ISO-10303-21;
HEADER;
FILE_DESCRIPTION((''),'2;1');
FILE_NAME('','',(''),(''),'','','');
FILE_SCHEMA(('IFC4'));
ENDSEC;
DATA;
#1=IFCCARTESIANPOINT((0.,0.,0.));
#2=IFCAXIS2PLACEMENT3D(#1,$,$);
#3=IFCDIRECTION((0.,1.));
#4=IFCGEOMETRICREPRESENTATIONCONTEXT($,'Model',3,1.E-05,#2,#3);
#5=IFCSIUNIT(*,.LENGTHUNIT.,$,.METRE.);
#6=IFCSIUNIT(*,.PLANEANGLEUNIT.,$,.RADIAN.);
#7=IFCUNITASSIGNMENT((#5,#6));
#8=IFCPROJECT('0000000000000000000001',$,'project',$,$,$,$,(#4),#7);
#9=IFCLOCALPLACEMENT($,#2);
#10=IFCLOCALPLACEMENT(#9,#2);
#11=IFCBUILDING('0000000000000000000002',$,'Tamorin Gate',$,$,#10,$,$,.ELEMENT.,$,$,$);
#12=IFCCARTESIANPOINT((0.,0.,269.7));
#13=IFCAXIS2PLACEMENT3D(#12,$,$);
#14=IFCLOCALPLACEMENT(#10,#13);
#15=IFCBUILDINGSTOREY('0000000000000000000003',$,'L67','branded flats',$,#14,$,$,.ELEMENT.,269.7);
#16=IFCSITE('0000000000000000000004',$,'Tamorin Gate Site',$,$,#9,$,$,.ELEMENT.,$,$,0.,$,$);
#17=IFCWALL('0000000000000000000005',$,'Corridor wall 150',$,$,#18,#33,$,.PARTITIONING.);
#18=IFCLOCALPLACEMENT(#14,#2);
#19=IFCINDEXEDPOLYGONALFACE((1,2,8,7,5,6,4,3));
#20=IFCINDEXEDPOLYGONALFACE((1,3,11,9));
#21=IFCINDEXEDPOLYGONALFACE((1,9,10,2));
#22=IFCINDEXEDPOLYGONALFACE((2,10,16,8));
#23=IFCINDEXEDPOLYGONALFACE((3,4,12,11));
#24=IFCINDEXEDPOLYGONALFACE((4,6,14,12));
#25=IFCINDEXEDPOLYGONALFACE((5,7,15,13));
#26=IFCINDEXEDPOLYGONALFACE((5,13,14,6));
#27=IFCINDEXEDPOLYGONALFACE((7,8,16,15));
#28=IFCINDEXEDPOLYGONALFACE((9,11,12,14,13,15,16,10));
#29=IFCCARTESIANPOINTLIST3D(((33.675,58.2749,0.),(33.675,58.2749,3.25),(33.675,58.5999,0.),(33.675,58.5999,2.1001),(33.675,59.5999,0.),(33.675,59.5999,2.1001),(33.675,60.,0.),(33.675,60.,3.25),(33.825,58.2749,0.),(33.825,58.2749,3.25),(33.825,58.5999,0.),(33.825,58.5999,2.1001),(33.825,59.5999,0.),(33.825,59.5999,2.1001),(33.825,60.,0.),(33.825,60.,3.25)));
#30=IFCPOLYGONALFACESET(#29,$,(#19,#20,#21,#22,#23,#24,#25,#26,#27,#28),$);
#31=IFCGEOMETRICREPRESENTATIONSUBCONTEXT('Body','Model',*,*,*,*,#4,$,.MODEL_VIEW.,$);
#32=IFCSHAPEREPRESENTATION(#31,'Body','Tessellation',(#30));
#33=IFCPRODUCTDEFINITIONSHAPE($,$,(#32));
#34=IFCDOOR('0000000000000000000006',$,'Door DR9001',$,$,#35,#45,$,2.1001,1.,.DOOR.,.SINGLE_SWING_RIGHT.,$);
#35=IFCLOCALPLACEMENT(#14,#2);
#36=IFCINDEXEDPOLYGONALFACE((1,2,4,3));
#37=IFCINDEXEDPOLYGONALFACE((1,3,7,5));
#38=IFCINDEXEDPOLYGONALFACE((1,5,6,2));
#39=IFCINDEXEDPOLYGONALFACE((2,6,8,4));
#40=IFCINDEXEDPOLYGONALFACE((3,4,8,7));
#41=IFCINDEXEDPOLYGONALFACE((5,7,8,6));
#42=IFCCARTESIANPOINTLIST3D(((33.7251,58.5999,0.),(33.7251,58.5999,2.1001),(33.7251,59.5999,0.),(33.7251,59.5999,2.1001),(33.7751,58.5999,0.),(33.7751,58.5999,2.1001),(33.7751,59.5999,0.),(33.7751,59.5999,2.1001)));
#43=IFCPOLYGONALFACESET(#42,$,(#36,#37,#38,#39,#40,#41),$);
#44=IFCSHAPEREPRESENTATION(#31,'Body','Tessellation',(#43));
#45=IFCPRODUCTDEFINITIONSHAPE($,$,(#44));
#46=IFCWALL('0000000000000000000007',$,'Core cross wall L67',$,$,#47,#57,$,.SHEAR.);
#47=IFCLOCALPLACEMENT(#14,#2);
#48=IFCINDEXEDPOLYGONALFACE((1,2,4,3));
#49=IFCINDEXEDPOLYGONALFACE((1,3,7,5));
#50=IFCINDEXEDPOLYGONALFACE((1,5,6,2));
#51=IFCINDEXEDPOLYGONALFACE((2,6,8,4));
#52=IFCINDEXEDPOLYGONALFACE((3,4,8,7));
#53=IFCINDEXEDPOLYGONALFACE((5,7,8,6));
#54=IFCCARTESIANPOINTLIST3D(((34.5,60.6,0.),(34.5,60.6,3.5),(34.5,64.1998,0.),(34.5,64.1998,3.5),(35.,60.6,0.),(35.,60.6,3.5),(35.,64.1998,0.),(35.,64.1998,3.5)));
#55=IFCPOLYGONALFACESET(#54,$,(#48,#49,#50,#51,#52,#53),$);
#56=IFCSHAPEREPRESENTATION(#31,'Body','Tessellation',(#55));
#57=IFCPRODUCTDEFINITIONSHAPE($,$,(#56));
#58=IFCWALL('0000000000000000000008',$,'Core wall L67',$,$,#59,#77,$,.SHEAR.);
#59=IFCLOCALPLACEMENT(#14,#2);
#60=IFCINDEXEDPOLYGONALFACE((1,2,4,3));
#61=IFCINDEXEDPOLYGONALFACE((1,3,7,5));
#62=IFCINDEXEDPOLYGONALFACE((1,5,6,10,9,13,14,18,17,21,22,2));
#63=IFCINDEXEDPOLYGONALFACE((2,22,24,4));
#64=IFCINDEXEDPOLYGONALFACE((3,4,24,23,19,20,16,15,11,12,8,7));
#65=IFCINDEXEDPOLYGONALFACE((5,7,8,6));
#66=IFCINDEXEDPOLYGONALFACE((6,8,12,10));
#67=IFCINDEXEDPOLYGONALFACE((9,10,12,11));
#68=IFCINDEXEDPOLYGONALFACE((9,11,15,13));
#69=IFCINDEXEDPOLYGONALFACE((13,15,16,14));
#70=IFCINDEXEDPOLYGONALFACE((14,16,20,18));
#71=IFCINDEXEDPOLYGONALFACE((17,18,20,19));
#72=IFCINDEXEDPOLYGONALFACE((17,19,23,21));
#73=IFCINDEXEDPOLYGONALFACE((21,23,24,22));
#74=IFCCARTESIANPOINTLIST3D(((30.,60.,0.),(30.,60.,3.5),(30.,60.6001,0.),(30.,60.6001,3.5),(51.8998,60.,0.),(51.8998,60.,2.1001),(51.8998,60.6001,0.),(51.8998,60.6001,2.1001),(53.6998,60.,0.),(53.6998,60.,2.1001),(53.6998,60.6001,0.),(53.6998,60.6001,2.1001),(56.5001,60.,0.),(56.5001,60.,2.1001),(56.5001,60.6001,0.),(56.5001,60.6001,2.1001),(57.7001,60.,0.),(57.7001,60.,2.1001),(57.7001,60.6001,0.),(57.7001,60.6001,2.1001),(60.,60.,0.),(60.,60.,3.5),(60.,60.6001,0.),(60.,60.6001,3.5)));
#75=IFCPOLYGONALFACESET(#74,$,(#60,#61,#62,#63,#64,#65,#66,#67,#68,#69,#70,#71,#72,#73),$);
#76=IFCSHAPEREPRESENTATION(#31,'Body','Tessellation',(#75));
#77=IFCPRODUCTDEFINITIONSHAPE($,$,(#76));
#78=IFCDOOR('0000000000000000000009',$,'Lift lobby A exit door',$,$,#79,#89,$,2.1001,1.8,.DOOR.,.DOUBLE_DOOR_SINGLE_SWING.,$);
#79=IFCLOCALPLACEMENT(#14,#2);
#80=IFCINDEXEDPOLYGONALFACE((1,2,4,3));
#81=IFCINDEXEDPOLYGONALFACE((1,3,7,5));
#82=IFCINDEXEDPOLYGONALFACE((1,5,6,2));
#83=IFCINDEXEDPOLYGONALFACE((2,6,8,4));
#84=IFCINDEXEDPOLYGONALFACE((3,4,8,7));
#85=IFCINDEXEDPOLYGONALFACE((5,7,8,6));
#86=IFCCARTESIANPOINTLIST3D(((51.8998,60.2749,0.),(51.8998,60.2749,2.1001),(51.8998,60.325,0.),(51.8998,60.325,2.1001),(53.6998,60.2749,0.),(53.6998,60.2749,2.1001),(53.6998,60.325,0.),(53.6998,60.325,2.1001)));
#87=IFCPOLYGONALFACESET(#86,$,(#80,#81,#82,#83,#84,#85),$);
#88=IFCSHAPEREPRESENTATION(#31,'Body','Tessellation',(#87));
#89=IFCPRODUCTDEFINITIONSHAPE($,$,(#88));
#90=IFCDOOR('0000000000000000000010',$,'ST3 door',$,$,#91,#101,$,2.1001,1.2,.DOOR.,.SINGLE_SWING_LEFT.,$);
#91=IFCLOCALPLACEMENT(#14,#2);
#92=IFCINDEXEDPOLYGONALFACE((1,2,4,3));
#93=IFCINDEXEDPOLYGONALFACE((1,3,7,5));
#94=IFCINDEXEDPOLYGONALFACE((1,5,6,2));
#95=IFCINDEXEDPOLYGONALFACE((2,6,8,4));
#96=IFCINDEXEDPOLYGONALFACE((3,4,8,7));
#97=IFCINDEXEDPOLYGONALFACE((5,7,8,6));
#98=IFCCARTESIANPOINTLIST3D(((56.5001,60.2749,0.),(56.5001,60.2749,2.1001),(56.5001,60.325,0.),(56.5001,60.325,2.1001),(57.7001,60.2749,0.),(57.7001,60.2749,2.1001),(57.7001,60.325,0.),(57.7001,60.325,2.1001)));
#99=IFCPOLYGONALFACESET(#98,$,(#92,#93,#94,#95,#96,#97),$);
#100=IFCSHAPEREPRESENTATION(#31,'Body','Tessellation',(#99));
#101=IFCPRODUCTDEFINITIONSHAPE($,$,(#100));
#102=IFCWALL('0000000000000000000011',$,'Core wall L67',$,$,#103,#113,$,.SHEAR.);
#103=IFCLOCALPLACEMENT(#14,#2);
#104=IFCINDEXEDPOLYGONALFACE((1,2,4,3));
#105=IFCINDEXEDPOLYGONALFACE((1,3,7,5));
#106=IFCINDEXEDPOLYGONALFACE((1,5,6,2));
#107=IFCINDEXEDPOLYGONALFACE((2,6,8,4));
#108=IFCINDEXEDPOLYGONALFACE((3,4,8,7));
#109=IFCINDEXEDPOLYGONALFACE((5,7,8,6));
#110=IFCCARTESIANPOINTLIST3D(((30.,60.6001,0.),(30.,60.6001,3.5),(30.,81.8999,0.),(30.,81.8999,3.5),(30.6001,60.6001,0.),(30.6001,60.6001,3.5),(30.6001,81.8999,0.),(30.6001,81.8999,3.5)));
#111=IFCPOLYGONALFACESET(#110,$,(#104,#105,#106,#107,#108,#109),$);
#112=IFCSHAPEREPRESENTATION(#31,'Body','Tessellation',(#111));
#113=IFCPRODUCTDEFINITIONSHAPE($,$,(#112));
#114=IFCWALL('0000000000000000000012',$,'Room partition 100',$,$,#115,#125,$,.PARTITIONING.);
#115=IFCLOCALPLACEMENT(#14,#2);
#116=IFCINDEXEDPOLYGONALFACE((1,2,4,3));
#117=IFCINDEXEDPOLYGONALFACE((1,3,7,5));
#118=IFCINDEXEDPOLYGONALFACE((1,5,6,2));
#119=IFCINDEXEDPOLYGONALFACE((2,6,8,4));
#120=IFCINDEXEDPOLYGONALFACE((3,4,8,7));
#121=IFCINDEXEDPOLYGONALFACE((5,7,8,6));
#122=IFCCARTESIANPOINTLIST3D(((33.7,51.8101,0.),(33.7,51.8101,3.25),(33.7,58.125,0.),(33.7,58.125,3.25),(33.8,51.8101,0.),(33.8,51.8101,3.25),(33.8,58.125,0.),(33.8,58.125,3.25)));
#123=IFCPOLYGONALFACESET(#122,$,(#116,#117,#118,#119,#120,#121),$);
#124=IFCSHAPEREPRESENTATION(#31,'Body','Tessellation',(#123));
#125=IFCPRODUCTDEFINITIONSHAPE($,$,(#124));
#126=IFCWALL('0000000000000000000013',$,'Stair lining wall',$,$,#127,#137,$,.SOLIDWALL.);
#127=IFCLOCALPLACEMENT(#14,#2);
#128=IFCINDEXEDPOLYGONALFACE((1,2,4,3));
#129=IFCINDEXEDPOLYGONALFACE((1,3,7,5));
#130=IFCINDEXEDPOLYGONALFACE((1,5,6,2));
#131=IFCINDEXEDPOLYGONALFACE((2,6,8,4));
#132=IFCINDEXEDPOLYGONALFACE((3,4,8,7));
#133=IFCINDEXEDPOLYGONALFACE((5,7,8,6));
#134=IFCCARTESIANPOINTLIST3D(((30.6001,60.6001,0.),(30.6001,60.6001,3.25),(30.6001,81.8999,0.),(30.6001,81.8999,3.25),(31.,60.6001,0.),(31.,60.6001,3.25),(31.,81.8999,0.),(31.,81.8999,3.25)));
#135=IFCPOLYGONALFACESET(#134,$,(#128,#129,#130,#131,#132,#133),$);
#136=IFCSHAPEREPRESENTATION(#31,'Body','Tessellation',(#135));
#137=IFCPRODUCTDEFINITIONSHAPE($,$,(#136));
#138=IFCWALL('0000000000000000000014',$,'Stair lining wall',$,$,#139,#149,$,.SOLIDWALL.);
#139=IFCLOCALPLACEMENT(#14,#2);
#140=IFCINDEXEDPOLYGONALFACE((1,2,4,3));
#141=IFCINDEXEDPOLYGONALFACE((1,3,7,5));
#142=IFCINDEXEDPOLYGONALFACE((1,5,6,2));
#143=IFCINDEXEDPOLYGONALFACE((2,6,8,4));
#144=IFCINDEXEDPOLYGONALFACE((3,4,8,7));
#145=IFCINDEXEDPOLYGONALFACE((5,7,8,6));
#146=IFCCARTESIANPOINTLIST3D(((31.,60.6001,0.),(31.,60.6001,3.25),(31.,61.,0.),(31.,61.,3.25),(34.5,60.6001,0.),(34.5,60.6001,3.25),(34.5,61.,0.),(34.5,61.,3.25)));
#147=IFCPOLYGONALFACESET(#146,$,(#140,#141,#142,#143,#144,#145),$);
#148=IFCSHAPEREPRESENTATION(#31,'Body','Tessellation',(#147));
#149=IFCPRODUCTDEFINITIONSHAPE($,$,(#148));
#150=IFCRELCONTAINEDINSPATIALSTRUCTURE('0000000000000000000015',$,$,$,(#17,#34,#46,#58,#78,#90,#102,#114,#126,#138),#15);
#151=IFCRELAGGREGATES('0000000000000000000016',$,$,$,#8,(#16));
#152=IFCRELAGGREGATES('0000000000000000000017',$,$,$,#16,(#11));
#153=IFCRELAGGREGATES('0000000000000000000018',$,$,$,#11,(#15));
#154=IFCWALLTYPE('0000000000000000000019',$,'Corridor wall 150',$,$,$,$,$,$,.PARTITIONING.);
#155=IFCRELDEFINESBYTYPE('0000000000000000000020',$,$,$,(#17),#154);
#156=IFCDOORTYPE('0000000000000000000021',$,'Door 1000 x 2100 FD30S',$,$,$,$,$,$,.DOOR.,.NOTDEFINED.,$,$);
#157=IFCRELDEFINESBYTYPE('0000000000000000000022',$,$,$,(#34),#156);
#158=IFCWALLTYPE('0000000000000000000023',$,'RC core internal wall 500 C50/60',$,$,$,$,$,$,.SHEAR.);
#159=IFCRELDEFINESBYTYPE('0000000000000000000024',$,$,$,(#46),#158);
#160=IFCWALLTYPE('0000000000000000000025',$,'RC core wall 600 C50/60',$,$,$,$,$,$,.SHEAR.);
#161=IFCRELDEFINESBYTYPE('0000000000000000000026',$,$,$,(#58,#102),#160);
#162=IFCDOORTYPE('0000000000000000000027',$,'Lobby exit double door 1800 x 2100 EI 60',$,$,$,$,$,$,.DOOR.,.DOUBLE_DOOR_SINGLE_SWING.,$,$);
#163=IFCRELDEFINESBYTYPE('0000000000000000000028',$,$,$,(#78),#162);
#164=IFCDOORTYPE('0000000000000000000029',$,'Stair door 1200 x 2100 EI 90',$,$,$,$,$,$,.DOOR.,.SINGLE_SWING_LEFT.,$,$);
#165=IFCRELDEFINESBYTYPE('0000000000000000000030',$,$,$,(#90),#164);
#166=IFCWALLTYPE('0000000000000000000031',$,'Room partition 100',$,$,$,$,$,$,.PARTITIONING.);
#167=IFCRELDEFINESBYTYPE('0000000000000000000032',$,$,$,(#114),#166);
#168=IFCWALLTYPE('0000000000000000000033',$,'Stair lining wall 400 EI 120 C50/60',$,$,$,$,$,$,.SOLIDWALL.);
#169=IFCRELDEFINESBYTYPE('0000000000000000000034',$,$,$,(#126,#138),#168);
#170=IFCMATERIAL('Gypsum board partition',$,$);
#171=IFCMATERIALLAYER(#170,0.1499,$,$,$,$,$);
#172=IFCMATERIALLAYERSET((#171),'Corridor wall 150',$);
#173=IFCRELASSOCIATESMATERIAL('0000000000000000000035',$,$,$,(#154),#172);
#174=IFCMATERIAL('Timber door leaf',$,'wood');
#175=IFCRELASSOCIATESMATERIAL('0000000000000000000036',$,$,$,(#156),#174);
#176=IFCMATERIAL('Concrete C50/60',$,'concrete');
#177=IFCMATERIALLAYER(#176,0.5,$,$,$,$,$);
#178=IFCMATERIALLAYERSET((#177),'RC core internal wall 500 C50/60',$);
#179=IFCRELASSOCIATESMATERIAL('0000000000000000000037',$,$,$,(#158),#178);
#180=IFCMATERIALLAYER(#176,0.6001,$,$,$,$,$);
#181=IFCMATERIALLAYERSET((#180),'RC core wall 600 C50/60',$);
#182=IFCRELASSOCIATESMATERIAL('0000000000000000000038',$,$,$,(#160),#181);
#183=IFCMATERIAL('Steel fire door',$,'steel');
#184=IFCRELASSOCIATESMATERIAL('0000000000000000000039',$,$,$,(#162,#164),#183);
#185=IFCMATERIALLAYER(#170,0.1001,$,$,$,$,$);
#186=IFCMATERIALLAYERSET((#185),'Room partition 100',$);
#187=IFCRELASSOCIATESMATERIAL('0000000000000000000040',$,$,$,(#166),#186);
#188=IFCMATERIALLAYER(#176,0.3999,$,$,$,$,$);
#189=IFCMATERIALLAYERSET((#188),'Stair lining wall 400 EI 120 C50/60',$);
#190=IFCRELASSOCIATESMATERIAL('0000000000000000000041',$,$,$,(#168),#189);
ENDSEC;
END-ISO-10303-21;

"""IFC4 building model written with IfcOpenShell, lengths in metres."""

from ifc_helpers import new_model, si_unit, direction, frame, frame_2d, origin, place, context, subcontext, project, spatial, rectangle, extrude, material, layer, layer_set, type_object, element, fill, save


model = new_model("IFC4")

# Units and contexts
model_context = context("Model", 3, precision=1e-05, world=origin(), true_north=direction((0.0, 1.0)))
body_context = subcontext(model_context, "Body", "Model", "MODEL_VIEW")
ifc_project = project(units=[si_unit("LENGTHUNIT", "METRE"), si_unit("PLANEANGLEUNIT", "RADIAN")], contexts=[model_context])

# Site, building, storey
site_placement = place(None, origin())
site = spatial("IfcSite", under=ifc_project, at=site_placement, Name="Tamorin Gate Site", CompositionType="ELEMENT", RefElevation=0.0)
building_placement = place(site_placement, origin())
building = spatial("IfcBuilding", under=site, at=building_placement, Name="Tamorin Gate", CompositionType="ELEMENT")
storey_placement = place(building_placement, frame((0.0, 0.0, 269.7)))
storey = spatial("IfcBuildingStorey", under=building, at=storey_placement, Name="L67", Description="branded flats", CompositionType="ELEMENT", Elevation=269.7)

# Shared definitions
ifc_material_1 = material(Name="Concrete C50/60", Category="concrete")

# Shared definitions
ifc_material_2 = material(Name="Gypsum board partition")
ifc_layer_1 = layer(ifc_material_2, 0.1499)
ifc_layer_set_1 = layer_set([ifc_layer_1], Name="Corridor wall 150")
wall_type_1 = type_object("IfcWallType", Name="Corridor wall 150", PredefinedType="PARTITIONING", material=ifc_layer_set_1)
ifc_material_3 = material(Name="Timber door leaf", Category="wood")
door_type_1 = type_object("IfcDoorType", Name="Door 1000 x 2100 FD30S", OperationType="NOTDEFINED", PredefinedType="DOOR", material=ifc_material_3)

# Wall, opening, door
wall_1_placement = place(storey_placement, frame((33.75, 58.2749, 0.0), z_axis=(0.0, 0.0, 1.0), x_axis=(0.0, 1.0, 0.0)))
wall_1 = element("IfcWall", 1, at=wall_1_placement, inside=storey, type_object=wall_type_1, Name="Corridor wall 150", PredefinedType="PARTITIONING", context=body_context, shape_type="SweptSolid", body=[
    extrude(rectangle(XDim=1.7251, YDim=0.1499, at=frame_2d((0.8625, 0.0))), origin(), (0.0, 0.0, 1.0), 3.25),
])
opening_1_placement = place(wall_1_placement, frame((0.325, 0.0, 0.0)))
opening_1 = element("IfcOpeningElement", 2, at=opening_1_placement, cuts=wall_1, PredefinedType="OPENING", context=body_context, shape_type="SweptSolid", body=[
    extrude(rectangle(XDim=1.0, YDim=2.1001, at=frame_2d((0.5, 1.05))), frame((0.0, 0.085, 0.0), z_axis=(0.0, -1.0, 0.0), x_axis=(1.0, 0.0, 0.0)), (0.0, 0.0, 1.0), 0.1699),
])
door_1_placement = place(opening_1_placement, origin())
door_1 = element("IfcDoor", 3, at=door_1_placement, inside=storey, type_object=door_type_1, Name="Door DR9001", OperationType="SINGLE_SWING_RIGHT", OverallHeight=2.1001, OverallWidth=1.0, PredefinedType="DOOR", context=body_context, shape_type="SweptSolid", body=[
    extrude(rectangle(XDim=1.0, YDim=2.1001, at=frame_2d((0.5, 1.05))), frame((0.0, 0.0249, 0.0), z_axis=(0.0, -1.0, 0.0), x_axis=(1.0, 0.0, 0.0)), (0.0, 0.0, 1.0), 0.05),
])
fill(opening_1, door_1)

# Wall
ifc_layer_2 = layer(ifc_material_1, 0.5)
ifc_layer_set_2 = layer_set([ifc_layer_2], Name="RC core internal wall 500 C50/60")
wall_type_2 = type_object("IfcWallType", Name="RC core internal wall 500 C50/60", PredefinedType="SHEAR", material=ifc_layer_set_2)
wall_2_placement = place(storey_placement, frame((34.75, 60.6001, 0.0), z_axis=(0.0, 0.0, 1.0), x_axis=(0.0, 1.0, 0.0)))
element("IfcWall", 4, at=wall_2_placement, inside=storey, type_object=wall_type_2, Name="Core cross wall L67", PredefinedType="SHEAR", context=body_context, shape_type="SweptSolid", body=[
    extrude(rectangle(XDim=3.5999, YDim=0.5, at=frame_2d((1.7998, 0.0))), origin(), (0.0, 0.0, 1.0), 3.5),
])

# Wall, openings, doors
ifc_layer_3 = layer(ifc_material_1, 0.6001)
ifc_layer_set_3 = layer_set([ifc_layer_3], Name="RC core wall 600 C50/60")
wall_type_3 = type_object("IfcWallType", Name="RC core wall 600 C50/60", PredefinedType="SHEAR", material=ifc_layer_set_3)
wall_3_placement = place(storey_placement, frame((30.0, 60.3, 0.0), z_axis=(0.0, 0.0, 1.0), x_axis=(1.0, 0.0, 0.0)))
wall_3 = element("IfcWall", 5, at=wall_3_placement, inside=storey, type_object=wall_type_3, Name="Core wall L67", PredefinedType="SHEAR", context=body_context, shape_type="SweptSolid", body=[
    extrude(rectangle(XDim=30.0, YDim=0.6001, at=frame_2d((15.0, 0.0))), origin(), (0.0, 0.0, 1.0), 3.5),
])
opening_2_placement = place(wall_3_placement, frame((21.8999, 0.0, 0.0)))
opening_2 = element("IfcOpeningElement", 6, at=opening_2_placement, cuts=wall_3, PredefinedType="OPENING", context=body_context, shape_type="SweptSolid", body=[
    extrude(rectangle(XDim=1.8, YDim=2.1001, at=frame_2d((0.8999, 1.05))), frame((0.0, 0.3101, 0.0), z_axis=(0.0, -1.0, 0.0), x_axis=(1.0, 0.0, 0.0)), (0.0, 0.0, 1.0), 0.6201),
])
opening_3_placement = place(wall_3_placement, frame((26.5, 0.0, 0.0)))
opening_3 = element("IfcOpeningElement", 7, at=opening_3_placement, cuts=wall_3, PredefinedType="OPENING", context=body_context, shape_type="SweptSolid", body=[
    extrude(rectangle(XDim=1.2, YDim=2.1001, at=frame_2d((0.6001, 1.05))), frame((0.0, 0.3101, 0.0), z_axis=(0.0, -1.0, 0.0), x_axis=(1.0, 0.0, 0.0)), (0.0, 0.0, 1.0), 0.6201),
])
ifc_material_4 = material(Name="Steel fire door", Category="steel")
door_type_2 = type_object("IfcDoorType", Name="Lobby exit double door 1800 x 2100 EI 60", OperationType="DOUBLE_DOOR_SINGLE_SWING", PredefinedType="DOOR", material=ifc_material_4)
door_2_placement = place(opening_2_placement, origin())
door_2 = element("IfcDoor", 8, at=door_2_placement, inside=storey, type_object=door_type_2, Name="Lift lobby A exit door", OperationType="DOUBLE_DOOR_SINGLE_SWING", OverallHeight=2.1001, OverallWidth=1.8, PredefinedType="DOOR", context=body_context, shape_type="SweptSolid", body=[
    extrude(rectangle(XDim=1.8, YDim=2.1001, at=frame_2d((0.8999, 1.05))), frame((0.0, 0.0249, 0.0), z_axis=(0.0, -1.0, 0.0), x_axis=(1.0, 0.0, 0.0)), (0.0, 0.0, 1.0), 0.05),
])
fill(opening_2, door_2)
door_type_3 = type_object("IfcDoorType", Name="Stair door 1200 x 2100 EI 90", OperationType="SINGLE_SWING_LEFT", PredefinedType="DOOR", material=ifc_material_4)
door_3_placement = place(opening_3_placement, origin())
door_3 = element("IfcDoor", 9, at=door_3_placement, inside=storey, type_object=door_type_3, Name="ST3 door", OperationType="SINGLE_SWING_LEFT", OverallHeight=2.1001, OverallWidth=1.2, PredefinedType="DOOR", context=body_context, shape_type="SweptSolid", body=[
    extrude(rectangle(XDim=1.2, YDim=2.1001, at=frame_2d((0.6001, 1.05))), frame((0.0, 0.0249, 0.0), z_axis=(0.0, -1.0, 0.0), x_axis=(1.0, 0.0, 0.0)), (0.0, 0.0, 1.0), 0.05),
])
fill(opening_3, door_3)

# Walls
wall_4_placement = place(storey_placement, frame((30.3, 60.6001, 0.0), z_axis=(0.0, 0.0, 1.0), x_axis=(0.0, 1.0, 0.0)))
element("IfcWall", 10, at=wall_4_placement, inside=storey, type_object=wall_type_3, Name="Core wall L67", PredefinedType="SHEAR", context=body_context, shape_type="SweptSolid", body=[
    extrude(rectangle(XDim=21.2998, YDim=0.6001, at=frame_2d((10.6499, 0.0))), origin(), (0.0, 0.0, 1.0), 3.5),
])
ifc_layer_4 = layer(ifc_material_2, 0.1001)
ifc_layer_set_4 = layer_set([ifc_layer_4], Name="Room partition 100")
wall_type_4 = type_object("IfcWallType", Name="Room partition 100", PredefinedType="PARTITIONING", material=ifc_layer_set_4)
wall_5_placement = place(storey_placement, frame((33.75, 51.8101, 0.0), z_axis=(0.0, 0.0, 1.0), x_axis=(0.0, 1.0, 0.0)))
element("IfcWall", 11, at=wall_5_placement, inside=storey, type_object=wall_type_4, Name="Room partition 100", PredefinedType="PARTITIONING", context=body_context, shape_type="SweptSolid", body=[
    extrude(rectangle(XDim=6.3149, YDim=0.1001, at=frame_2d((3.1575, 0.0))), origin(), (0.0, 0.0, 1.0), 3.25),
])
ifc_layer_5 = layer(ifc_material_1, 0.3999)
ifc_layer_set_5 = layer_set([ifc_layer_5], Name="Stair lining wall 400 EI 120 C50/60")
wall_type_5 = type_object("IfcWallType", Name="Stair lining wall 400 EI 120 C50/60", PredefinedType="SOLIDWALL", material=ifc_layer_set_5)
wall_6_placement = place(storey_placement, frame((30.8, 60.6001, 0.0), z_axis=(0.0, 0.0, 1.0), x_axis=(0.0, 1.0, 0.0)))
element("IfcWall", 12, at=wall_6_placement, inside=storey, type_object=wall_type_5, Name="Stair lining wall", PredefinedType="SOLIDWALL", context=body_context, shape_type="SweptSolid", body=[
    extrude(rectangle(XDim=21.2998, YDim=0.3999, at=frame_2d((10.6499, 0.0))), origin(), (0.0, 0.0, 1.0), 3.25),
])
wall_7_placement = place(storey_placement, frame((31.0, 60.8, 0.0), z_axis=(0.0, 0.0, 1.0), x_axis=(1.0, 0.0, 0.0)))
element("IfcWall", 13, at=wall_7_placement, inside=storey, type_object=wall_type_5, Name="Stair lining wall", PredefinedType="SOLIDWALL", context=body_context, shape_type="SweptSolid", body=[
    extrude(rectangle(XDim=3.5, YDim=0.3999, at=frame_2d((1.75, 0.0))), origin(), (0.0, 0.0, 1.0), 3.25),
])

save(model, "model.ifc")
